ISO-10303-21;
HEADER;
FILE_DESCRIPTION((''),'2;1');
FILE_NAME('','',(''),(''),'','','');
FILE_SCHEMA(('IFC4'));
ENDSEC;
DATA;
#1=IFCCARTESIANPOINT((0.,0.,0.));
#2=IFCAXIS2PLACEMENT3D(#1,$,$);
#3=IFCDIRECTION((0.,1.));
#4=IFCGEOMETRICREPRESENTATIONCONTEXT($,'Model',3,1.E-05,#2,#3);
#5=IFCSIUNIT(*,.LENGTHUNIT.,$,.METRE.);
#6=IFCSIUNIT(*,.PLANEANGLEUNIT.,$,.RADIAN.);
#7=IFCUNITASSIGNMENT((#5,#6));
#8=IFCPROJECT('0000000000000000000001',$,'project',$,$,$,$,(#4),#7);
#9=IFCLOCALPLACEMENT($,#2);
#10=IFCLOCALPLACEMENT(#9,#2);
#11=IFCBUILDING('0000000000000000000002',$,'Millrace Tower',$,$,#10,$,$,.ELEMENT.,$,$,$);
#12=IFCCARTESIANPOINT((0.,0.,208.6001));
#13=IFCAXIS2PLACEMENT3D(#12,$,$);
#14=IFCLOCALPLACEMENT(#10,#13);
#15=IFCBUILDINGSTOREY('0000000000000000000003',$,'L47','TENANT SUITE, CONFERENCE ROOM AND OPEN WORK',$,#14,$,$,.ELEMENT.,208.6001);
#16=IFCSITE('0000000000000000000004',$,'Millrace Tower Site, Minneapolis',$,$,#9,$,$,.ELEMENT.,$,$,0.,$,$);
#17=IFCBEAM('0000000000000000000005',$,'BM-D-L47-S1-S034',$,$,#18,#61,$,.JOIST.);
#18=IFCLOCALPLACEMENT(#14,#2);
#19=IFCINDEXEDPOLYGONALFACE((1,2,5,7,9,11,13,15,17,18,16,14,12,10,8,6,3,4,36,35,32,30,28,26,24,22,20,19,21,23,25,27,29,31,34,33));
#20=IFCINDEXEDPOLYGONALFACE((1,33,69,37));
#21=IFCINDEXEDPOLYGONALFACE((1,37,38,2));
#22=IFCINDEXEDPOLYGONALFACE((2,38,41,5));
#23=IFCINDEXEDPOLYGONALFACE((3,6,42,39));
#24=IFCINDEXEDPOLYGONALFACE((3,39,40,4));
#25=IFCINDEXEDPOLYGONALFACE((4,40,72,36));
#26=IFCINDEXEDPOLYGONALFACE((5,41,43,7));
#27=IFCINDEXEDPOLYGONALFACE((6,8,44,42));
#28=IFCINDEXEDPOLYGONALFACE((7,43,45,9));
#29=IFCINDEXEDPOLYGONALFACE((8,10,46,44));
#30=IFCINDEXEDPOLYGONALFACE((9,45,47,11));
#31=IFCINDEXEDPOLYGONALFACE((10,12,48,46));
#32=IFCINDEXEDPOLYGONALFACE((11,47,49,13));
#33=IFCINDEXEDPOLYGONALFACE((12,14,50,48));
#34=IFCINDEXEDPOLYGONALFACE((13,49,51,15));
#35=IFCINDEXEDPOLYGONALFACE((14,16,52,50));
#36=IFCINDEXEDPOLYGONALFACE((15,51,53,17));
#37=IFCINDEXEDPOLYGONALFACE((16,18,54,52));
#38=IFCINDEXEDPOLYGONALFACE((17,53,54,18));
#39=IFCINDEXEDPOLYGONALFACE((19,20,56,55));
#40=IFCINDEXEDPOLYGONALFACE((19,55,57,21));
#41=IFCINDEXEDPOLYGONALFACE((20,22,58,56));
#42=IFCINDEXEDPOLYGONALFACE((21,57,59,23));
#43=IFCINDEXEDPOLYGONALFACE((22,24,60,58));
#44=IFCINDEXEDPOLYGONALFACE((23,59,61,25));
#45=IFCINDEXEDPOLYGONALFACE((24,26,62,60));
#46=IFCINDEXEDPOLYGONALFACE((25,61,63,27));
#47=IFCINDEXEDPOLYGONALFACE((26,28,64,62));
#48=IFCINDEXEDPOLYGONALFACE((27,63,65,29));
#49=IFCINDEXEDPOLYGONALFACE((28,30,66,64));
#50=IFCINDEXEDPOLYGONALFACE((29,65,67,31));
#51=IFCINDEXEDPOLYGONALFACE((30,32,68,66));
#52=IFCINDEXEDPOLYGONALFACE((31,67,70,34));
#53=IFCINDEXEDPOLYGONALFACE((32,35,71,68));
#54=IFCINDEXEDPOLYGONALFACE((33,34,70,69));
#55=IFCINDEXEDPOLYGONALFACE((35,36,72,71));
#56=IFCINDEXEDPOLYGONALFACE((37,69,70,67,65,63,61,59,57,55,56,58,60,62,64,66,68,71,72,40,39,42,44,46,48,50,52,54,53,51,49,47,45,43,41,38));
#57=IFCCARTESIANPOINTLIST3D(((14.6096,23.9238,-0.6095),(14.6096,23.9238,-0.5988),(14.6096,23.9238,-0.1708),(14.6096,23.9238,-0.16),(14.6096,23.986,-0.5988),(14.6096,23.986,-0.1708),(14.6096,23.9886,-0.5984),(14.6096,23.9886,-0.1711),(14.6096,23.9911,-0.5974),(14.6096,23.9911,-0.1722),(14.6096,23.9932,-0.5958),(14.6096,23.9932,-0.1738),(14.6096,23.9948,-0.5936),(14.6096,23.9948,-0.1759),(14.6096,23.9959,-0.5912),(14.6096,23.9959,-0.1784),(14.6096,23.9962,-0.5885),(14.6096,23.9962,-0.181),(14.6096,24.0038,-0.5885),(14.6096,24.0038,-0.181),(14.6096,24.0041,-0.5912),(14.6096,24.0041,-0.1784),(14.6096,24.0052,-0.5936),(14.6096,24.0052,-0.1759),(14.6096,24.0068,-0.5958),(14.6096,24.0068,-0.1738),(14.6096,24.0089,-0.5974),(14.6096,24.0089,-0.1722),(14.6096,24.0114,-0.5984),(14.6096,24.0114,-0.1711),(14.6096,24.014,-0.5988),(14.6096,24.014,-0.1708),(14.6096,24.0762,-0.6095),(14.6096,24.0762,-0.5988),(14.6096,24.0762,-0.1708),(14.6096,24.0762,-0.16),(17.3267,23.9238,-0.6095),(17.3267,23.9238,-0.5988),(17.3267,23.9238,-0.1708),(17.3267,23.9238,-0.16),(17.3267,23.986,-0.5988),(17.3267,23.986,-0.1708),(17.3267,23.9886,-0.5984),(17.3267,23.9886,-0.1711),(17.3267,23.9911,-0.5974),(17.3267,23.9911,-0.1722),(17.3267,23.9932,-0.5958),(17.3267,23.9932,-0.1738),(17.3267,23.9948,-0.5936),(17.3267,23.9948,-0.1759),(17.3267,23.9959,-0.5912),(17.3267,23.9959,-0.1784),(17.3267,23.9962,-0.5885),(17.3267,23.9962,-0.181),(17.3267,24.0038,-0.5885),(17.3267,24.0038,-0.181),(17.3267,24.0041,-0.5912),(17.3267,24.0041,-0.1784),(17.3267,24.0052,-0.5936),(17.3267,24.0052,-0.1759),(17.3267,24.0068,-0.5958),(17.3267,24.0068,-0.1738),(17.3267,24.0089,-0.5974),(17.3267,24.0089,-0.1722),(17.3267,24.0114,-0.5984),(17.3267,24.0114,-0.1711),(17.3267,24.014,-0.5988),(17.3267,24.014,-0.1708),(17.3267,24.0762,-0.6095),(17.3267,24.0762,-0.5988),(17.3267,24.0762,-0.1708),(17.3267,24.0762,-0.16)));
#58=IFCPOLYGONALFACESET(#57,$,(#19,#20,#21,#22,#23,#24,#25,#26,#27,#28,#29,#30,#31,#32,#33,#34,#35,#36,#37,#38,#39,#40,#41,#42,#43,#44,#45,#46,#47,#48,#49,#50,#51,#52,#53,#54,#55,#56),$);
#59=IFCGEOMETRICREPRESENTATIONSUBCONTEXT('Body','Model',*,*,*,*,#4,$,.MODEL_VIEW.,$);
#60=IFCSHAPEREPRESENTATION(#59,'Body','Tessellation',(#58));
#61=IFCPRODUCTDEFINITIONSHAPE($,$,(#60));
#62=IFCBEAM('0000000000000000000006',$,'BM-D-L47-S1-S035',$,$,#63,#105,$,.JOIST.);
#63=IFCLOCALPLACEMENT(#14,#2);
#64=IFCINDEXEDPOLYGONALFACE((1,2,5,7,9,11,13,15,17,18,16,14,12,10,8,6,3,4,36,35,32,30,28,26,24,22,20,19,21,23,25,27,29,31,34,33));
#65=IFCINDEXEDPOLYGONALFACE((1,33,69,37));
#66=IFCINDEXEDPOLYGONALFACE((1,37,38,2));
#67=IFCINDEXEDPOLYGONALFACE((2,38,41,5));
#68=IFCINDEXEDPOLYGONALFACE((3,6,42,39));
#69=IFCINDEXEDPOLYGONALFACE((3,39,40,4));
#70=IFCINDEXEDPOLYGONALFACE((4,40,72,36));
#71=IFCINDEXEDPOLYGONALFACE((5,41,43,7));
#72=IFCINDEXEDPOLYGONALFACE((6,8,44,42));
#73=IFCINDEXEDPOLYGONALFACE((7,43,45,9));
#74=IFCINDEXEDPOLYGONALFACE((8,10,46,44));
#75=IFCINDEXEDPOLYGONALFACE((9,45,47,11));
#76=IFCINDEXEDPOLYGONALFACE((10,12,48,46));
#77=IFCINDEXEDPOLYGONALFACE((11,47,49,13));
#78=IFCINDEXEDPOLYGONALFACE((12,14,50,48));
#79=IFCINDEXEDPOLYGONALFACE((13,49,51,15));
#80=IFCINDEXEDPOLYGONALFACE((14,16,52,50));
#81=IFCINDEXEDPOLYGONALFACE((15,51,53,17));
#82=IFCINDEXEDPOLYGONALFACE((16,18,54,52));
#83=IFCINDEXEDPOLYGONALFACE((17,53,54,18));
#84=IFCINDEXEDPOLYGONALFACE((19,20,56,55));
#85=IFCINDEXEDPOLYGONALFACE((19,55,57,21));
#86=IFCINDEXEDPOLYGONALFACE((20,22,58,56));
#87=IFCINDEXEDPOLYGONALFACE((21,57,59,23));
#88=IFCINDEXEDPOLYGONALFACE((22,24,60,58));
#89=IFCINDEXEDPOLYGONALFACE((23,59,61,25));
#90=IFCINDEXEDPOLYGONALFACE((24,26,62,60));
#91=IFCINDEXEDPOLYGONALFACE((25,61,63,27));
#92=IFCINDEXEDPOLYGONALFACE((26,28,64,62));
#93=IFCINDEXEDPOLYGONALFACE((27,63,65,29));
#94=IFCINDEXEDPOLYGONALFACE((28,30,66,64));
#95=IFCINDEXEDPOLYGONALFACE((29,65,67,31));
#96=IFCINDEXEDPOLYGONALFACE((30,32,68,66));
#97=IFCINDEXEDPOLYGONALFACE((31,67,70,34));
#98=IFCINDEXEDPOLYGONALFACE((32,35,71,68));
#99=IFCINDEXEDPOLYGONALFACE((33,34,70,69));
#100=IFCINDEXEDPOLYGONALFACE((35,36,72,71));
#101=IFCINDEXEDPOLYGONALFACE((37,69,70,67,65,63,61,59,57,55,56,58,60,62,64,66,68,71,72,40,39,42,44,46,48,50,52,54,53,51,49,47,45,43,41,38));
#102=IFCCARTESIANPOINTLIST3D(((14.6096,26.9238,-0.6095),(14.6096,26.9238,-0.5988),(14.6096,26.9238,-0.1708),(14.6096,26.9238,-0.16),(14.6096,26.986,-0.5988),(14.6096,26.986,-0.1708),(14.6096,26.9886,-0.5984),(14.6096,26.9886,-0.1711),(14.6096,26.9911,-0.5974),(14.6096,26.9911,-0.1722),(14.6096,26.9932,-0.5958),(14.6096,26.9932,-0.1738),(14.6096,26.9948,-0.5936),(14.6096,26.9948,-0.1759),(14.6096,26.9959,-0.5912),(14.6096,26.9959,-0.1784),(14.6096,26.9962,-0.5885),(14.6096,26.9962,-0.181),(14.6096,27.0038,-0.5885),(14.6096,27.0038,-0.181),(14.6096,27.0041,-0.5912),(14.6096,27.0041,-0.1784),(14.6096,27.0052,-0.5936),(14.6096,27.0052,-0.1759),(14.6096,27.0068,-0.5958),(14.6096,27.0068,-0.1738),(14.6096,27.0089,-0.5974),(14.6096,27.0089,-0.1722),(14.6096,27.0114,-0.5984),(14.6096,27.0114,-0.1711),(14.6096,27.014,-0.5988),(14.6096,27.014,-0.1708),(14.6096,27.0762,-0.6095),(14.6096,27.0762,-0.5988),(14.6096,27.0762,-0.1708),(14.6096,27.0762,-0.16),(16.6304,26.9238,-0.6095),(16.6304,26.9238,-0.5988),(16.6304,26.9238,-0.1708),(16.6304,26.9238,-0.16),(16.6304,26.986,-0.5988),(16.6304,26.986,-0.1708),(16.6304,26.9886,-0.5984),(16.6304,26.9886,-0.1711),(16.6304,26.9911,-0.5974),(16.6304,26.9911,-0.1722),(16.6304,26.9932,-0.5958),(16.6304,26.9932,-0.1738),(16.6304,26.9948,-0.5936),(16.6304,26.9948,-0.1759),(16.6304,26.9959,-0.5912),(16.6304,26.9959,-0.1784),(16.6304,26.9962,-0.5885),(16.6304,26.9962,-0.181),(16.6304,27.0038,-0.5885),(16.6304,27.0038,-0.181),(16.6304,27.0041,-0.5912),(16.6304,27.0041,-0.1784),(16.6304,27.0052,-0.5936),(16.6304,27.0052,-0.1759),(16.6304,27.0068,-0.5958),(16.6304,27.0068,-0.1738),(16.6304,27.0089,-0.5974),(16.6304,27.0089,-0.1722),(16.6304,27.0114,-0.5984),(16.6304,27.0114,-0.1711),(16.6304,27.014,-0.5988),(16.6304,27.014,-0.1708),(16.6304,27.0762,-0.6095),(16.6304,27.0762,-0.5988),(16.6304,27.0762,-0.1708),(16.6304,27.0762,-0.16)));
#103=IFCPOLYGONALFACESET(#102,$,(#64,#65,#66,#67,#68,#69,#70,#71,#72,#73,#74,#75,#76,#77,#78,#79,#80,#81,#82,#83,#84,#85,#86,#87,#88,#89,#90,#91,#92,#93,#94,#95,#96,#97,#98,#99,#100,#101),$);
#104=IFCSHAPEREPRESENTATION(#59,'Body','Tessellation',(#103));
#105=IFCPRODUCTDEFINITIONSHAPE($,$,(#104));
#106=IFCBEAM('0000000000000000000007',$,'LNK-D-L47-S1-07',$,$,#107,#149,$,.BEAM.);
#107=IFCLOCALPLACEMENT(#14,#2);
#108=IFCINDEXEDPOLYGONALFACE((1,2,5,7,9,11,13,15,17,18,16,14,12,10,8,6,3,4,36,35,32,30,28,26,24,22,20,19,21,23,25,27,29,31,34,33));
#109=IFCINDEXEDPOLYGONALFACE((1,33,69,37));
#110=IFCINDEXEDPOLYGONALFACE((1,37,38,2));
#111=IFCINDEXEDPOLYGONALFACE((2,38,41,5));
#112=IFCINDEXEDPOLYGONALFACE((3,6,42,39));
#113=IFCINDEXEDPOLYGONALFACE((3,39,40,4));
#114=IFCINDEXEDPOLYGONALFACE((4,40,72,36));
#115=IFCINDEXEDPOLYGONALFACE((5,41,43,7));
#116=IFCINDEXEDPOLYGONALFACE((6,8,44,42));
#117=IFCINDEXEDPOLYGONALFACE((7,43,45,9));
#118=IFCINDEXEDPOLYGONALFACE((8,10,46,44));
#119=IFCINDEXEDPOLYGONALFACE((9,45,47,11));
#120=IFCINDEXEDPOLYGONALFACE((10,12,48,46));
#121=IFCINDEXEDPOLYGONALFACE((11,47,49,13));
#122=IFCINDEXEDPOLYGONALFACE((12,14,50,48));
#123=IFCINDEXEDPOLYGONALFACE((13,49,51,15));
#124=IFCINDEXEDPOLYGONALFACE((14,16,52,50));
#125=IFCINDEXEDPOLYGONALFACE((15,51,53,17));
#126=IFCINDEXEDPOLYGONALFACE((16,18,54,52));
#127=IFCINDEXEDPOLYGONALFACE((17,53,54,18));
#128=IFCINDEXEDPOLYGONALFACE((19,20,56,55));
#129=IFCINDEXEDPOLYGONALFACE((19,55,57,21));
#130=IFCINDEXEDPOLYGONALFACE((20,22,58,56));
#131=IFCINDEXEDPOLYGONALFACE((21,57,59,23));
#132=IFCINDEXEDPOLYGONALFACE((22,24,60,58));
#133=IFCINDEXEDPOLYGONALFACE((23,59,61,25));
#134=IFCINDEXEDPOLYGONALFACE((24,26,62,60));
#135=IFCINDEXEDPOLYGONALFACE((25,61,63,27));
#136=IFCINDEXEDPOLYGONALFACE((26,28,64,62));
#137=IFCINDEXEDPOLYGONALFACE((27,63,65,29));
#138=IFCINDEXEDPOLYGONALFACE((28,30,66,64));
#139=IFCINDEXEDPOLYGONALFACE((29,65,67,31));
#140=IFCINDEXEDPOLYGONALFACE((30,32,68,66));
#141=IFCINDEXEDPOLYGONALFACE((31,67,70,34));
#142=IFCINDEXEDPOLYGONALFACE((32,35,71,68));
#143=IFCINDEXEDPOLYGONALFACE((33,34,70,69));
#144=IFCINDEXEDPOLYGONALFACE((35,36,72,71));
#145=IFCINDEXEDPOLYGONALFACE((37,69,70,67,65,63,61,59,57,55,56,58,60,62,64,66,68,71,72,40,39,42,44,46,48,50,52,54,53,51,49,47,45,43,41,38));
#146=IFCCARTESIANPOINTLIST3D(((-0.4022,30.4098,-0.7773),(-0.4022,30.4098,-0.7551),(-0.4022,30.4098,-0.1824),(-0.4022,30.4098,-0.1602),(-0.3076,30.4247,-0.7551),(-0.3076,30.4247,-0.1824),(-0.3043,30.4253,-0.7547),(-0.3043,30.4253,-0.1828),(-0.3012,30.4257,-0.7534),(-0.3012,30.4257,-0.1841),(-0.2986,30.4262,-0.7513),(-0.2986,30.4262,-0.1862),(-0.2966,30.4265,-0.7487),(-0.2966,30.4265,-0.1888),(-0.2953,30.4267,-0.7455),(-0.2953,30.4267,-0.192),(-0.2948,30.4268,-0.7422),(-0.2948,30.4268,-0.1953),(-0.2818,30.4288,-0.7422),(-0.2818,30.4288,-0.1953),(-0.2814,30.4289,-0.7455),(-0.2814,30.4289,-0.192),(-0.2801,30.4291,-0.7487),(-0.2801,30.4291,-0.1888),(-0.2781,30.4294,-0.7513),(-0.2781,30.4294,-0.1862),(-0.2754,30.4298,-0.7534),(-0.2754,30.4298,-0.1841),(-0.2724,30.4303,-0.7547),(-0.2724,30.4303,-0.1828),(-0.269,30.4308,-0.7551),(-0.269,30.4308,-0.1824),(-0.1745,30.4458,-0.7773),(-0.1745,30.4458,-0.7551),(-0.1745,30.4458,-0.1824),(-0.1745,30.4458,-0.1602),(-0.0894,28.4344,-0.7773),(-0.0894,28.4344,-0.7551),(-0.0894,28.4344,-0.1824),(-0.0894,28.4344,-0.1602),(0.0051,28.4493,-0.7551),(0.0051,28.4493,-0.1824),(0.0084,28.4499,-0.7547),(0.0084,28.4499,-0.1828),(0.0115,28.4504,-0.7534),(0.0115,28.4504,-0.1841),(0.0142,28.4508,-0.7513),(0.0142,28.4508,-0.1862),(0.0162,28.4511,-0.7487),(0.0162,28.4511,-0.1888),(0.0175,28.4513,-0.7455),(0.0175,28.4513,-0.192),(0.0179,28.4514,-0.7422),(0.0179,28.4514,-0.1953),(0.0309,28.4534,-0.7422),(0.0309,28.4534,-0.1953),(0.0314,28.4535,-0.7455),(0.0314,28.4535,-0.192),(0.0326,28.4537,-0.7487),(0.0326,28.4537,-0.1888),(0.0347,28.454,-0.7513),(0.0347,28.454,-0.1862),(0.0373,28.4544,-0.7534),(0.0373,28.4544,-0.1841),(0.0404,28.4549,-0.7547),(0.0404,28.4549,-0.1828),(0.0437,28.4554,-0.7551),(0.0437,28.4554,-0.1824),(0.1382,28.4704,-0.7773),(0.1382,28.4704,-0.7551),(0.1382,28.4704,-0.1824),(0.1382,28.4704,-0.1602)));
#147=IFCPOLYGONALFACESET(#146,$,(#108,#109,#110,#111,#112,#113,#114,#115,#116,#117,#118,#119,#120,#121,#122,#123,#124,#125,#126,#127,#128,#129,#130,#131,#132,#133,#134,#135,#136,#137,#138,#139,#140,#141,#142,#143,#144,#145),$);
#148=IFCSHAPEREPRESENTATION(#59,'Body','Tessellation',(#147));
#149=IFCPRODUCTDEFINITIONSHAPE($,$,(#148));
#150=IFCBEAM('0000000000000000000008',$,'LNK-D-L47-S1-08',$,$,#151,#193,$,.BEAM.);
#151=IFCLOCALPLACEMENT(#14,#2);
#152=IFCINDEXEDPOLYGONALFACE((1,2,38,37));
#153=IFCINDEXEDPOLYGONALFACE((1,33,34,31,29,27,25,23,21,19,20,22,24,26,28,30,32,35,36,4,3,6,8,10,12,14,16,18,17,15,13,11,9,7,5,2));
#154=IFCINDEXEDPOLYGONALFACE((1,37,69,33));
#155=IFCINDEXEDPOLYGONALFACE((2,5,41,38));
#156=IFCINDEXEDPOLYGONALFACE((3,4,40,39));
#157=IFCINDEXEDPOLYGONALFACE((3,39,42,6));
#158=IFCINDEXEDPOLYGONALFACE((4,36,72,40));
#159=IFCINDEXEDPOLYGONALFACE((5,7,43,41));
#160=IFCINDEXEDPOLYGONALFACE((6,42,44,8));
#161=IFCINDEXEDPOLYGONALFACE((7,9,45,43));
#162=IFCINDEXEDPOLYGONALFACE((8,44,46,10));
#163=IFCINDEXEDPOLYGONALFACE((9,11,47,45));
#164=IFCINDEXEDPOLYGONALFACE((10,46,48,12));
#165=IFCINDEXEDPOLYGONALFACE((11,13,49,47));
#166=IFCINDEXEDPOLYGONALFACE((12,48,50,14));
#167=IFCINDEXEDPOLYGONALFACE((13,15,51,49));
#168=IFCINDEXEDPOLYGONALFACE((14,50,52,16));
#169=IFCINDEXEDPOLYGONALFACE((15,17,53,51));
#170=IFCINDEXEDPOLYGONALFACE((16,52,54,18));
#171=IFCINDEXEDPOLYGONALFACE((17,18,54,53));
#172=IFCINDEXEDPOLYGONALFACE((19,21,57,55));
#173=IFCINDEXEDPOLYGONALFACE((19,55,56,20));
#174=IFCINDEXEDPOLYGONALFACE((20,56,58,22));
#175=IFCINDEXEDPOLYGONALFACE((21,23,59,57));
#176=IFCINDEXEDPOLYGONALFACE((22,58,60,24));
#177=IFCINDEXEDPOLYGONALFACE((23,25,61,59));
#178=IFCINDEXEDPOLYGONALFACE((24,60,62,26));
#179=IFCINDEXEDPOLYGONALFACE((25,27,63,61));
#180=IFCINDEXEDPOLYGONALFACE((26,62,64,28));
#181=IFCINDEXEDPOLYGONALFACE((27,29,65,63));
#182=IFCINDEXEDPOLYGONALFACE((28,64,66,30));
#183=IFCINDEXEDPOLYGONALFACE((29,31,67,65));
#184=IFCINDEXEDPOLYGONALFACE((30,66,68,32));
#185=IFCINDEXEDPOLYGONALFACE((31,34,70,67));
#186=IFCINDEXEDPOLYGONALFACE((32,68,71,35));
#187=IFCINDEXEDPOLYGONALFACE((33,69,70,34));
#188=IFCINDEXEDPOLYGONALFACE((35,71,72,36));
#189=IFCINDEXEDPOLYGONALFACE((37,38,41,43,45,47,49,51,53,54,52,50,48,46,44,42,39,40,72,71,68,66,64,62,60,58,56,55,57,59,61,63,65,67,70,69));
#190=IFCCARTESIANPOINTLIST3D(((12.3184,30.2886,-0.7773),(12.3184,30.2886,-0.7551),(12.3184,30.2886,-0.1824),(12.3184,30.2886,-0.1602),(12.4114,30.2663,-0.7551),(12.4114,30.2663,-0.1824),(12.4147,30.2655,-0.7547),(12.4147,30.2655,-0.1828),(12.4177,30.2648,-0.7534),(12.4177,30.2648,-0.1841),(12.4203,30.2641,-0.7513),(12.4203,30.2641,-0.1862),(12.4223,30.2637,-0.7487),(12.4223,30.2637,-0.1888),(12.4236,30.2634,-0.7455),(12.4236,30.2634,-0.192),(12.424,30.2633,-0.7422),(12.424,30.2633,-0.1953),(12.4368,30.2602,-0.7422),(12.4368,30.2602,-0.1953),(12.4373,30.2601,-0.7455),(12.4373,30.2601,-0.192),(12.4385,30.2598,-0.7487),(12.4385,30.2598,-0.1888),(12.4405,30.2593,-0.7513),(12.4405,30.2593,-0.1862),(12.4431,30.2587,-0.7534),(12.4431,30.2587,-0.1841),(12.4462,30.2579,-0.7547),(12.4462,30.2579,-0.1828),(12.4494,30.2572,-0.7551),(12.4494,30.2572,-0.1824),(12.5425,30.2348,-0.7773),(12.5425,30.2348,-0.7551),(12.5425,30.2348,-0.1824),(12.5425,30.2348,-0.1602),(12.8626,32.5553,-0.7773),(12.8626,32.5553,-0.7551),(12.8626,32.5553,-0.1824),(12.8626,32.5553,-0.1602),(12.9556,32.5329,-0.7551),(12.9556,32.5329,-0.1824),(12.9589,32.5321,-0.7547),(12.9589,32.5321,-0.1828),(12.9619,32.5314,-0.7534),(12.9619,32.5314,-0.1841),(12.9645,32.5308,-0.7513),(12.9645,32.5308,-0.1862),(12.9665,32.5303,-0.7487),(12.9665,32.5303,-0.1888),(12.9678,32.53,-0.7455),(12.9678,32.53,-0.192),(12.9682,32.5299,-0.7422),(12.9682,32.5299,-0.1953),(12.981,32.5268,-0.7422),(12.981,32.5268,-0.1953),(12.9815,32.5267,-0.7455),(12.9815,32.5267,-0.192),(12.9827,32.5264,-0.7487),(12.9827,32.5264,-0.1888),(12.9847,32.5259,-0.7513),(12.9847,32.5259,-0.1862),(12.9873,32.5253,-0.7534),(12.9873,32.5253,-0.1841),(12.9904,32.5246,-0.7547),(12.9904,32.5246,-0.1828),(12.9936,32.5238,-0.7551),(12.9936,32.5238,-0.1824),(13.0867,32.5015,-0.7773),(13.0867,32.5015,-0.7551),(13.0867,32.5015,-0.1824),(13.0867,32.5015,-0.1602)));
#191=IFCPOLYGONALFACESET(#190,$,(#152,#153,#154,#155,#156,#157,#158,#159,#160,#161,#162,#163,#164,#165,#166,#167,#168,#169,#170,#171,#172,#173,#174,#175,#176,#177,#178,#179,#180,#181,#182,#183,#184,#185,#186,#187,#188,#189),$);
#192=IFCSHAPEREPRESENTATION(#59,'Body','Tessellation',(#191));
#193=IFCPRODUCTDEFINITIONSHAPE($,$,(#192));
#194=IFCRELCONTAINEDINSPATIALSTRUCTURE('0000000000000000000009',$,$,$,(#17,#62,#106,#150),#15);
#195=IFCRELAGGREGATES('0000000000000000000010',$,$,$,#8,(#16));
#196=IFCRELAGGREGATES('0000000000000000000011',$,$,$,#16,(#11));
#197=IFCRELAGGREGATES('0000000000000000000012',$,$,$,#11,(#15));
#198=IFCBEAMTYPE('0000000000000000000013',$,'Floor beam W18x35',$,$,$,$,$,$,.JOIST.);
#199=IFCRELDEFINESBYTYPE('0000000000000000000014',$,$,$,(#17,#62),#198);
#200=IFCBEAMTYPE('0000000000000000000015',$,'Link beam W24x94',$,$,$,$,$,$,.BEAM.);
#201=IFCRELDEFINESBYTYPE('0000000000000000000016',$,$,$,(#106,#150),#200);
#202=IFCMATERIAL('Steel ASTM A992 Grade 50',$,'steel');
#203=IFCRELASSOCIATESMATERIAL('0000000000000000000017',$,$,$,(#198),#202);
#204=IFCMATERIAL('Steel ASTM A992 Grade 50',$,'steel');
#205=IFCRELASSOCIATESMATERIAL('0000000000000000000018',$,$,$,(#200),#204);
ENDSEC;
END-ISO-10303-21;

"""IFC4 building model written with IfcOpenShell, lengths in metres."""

from ifc_helpers import new_model, si_unit, direction, frame, origin, origin_2d, place, context, subcontext, project, spatial, i_section, extrude, material, material_profile, profile_set, type_object, element, save


model = new_model("IFC4")

# Units and contexts
model_context = context("Model", 3, precision=1e-05, world=origin(), true_north=direction((0.0, 1.0)))
body_context = subcontext(model_context, "Body", "Model", "MODEL_VIEW")
ifc_project = project(units=[si_unit("LENGTHUNIT", "METRE"), si_unit("PLANEANGLEUNIT", "RADIAN")], contexts=[model_context])

# Site, building, storey
site_placement = place(None, origin())
site = spatial("IfcSite", under=ifc_project, at=site_placement, Name="Millrace Tower Site, Minneapolis", CompositionType="ELEMENT", RefElevation=0.0)
building_placement = place(site_placement, origin())
building = spatial("IfcBuilding", under=site, at=building_placement, Name="Millrace Tower", CompositionType="ELEMENT")
storey_placement = place(building_placement, frame((0.0, 0.0, 208.6001)))
storey = spatial("IfcBuildingStorey", under=building, at=storey_placement, Name="L47", Description="TENANT SUITE, CONFERENCE ROOM AND OPEN WORK", CompositionType="ELEMENT", Elevation=208.6001)

# Beams
ifc_material_1 = material(Name="Steel ASTM A992 Grade 50", Category="steel")
ifc_material_profile_1 = material_profile(ifc_material_1, i_section(OverallWidth=0.1523, OverallDepth=0.4495, WebThickness=0.0076, FlangeThickness=0.0107, FilletRadius=0.0103, at=origin_2d()))
ifc_profile_set_1 = profile_set([ifc_material_profile_1], Name="Steel ASTM A992 Grade 50")
beam_type_1 = type_object("IfcBeamType", Name="Floor beam W18x35", PredefinedType="JOIST", material=ifc_profile_set_1)
beam_1_placement = place(storey_placement, frame((14.6096, 24.0, -0.3848), z_axis=(1.0, 0.0, 0.0), x_axis=(0.0, 1.0, 0.0)))
element("IfcBeam", 1, at=beam_1_placement, inside=storey, type_object=beam_type_1, Name="BM-D-L47-S1-S034", PredefinedType="JOIST", context=body_context, shape_type="SweptSolid", body=[
    extrude(i_section(OverallWidth=0.1523, OverallDepth=0.4495, WebThickness=0.0076, FlangeThickness=0.0107, FilletRadius=0.0103, at=origin_2d()), origin(), (0.0, 0.0, 1.0), 2.717),
])
beam_2_placement = place(storey_placement, frame((14.6096, 27.0, -0.3848), z_axis=(1.0, 0.0, 0.0), x_axis=(0.0, 1.0, 0.0)))
element("IfcBeam", 2, at=beam_2_placement, inside=storey, type_object=beam_type_1, Name="BM-D-L47-S1-S035", PredefinedType="JOIST", context=body_context, shape_type="SweptSolid", body=[
    extrude(i_section(OverallWidth=0.1523, OverallDepth=0.4495, WebThickness=0.0076, FlangeThickness=0.0107, FilletRadius=0.0103, at=origin_2d()), origin(), (0.0, 0.0, 1.0), 2.0208),
])
ifc_material_2 = material(Name="Steel ASTM A992 Grade 50", Category="steel")
ifc_material_profile_2 = material_profile(ifc_material_2, i_section(OverallWidth=0.2305, OverallDepth=0.6172, WebThickness=0.0132, FlangeThickness=0.0222, FilletRadius=0.0129, at=origin_2d()))
ifc_profile_set_2 = profile_set([ifc_material_profile_2], Name="Steel ASTM A992 Grade 50")
beam_type_2 = type_object("IfcBeamType", Name="Link beam W24x94", PredefinedType="BEAM", material=ifc_profile_set_2)
beam_3_placement = place(storey_placement, frame((0.0244, 28.4524, -0.4688), z_axis=(-0.156376, 0.987698, 0.0), x_axis=(-0.987698, -0.156376, 0.0)))
element("IfcBeam", 3, at=beam_3_placement, inside=storey, type_object=beam_type_2, Name="LNK-D-L47-S1-07", PredefinedType="BEAM", context=body_context, shape_type="SweptSolid", body=[
    extrude(i_section(OverallWidth=0.2305, OverallDepth=0.6172, WebThickness=0.0132, FlangeThickness=0.0222, FilletRadius=0.0129, at=origin_2d()), origin(), (0.0, 0.0, 1.0), 2.0),
])
beam_4_placement = place(storey_placement, frame((12.4304, 30.2617, -0.4688), z_axis=(0.233456, 0.972367, 0.0), x_axis=(-0.972367, 0.233456, 0.0)))
element("IfcBeam", 4, at=beam_4_placement, inside=storey, type_object=beam_type_2, Name="LNK-D-L47-S1-08", PredefinedType="BEAM", context=body_context, shape_type="SweptSolid", body=[
    extrude(i_section(OverallWidth=0.2305, OverallDepth=0.6172, WebThickness=0.0132, FlangeThickness=0.0222, FilletRadius=0.0129, at=origin_2d()), origin(), (0.0, 0.0, 1.0), 2.3311),
])

save(model, "model.ifc")
